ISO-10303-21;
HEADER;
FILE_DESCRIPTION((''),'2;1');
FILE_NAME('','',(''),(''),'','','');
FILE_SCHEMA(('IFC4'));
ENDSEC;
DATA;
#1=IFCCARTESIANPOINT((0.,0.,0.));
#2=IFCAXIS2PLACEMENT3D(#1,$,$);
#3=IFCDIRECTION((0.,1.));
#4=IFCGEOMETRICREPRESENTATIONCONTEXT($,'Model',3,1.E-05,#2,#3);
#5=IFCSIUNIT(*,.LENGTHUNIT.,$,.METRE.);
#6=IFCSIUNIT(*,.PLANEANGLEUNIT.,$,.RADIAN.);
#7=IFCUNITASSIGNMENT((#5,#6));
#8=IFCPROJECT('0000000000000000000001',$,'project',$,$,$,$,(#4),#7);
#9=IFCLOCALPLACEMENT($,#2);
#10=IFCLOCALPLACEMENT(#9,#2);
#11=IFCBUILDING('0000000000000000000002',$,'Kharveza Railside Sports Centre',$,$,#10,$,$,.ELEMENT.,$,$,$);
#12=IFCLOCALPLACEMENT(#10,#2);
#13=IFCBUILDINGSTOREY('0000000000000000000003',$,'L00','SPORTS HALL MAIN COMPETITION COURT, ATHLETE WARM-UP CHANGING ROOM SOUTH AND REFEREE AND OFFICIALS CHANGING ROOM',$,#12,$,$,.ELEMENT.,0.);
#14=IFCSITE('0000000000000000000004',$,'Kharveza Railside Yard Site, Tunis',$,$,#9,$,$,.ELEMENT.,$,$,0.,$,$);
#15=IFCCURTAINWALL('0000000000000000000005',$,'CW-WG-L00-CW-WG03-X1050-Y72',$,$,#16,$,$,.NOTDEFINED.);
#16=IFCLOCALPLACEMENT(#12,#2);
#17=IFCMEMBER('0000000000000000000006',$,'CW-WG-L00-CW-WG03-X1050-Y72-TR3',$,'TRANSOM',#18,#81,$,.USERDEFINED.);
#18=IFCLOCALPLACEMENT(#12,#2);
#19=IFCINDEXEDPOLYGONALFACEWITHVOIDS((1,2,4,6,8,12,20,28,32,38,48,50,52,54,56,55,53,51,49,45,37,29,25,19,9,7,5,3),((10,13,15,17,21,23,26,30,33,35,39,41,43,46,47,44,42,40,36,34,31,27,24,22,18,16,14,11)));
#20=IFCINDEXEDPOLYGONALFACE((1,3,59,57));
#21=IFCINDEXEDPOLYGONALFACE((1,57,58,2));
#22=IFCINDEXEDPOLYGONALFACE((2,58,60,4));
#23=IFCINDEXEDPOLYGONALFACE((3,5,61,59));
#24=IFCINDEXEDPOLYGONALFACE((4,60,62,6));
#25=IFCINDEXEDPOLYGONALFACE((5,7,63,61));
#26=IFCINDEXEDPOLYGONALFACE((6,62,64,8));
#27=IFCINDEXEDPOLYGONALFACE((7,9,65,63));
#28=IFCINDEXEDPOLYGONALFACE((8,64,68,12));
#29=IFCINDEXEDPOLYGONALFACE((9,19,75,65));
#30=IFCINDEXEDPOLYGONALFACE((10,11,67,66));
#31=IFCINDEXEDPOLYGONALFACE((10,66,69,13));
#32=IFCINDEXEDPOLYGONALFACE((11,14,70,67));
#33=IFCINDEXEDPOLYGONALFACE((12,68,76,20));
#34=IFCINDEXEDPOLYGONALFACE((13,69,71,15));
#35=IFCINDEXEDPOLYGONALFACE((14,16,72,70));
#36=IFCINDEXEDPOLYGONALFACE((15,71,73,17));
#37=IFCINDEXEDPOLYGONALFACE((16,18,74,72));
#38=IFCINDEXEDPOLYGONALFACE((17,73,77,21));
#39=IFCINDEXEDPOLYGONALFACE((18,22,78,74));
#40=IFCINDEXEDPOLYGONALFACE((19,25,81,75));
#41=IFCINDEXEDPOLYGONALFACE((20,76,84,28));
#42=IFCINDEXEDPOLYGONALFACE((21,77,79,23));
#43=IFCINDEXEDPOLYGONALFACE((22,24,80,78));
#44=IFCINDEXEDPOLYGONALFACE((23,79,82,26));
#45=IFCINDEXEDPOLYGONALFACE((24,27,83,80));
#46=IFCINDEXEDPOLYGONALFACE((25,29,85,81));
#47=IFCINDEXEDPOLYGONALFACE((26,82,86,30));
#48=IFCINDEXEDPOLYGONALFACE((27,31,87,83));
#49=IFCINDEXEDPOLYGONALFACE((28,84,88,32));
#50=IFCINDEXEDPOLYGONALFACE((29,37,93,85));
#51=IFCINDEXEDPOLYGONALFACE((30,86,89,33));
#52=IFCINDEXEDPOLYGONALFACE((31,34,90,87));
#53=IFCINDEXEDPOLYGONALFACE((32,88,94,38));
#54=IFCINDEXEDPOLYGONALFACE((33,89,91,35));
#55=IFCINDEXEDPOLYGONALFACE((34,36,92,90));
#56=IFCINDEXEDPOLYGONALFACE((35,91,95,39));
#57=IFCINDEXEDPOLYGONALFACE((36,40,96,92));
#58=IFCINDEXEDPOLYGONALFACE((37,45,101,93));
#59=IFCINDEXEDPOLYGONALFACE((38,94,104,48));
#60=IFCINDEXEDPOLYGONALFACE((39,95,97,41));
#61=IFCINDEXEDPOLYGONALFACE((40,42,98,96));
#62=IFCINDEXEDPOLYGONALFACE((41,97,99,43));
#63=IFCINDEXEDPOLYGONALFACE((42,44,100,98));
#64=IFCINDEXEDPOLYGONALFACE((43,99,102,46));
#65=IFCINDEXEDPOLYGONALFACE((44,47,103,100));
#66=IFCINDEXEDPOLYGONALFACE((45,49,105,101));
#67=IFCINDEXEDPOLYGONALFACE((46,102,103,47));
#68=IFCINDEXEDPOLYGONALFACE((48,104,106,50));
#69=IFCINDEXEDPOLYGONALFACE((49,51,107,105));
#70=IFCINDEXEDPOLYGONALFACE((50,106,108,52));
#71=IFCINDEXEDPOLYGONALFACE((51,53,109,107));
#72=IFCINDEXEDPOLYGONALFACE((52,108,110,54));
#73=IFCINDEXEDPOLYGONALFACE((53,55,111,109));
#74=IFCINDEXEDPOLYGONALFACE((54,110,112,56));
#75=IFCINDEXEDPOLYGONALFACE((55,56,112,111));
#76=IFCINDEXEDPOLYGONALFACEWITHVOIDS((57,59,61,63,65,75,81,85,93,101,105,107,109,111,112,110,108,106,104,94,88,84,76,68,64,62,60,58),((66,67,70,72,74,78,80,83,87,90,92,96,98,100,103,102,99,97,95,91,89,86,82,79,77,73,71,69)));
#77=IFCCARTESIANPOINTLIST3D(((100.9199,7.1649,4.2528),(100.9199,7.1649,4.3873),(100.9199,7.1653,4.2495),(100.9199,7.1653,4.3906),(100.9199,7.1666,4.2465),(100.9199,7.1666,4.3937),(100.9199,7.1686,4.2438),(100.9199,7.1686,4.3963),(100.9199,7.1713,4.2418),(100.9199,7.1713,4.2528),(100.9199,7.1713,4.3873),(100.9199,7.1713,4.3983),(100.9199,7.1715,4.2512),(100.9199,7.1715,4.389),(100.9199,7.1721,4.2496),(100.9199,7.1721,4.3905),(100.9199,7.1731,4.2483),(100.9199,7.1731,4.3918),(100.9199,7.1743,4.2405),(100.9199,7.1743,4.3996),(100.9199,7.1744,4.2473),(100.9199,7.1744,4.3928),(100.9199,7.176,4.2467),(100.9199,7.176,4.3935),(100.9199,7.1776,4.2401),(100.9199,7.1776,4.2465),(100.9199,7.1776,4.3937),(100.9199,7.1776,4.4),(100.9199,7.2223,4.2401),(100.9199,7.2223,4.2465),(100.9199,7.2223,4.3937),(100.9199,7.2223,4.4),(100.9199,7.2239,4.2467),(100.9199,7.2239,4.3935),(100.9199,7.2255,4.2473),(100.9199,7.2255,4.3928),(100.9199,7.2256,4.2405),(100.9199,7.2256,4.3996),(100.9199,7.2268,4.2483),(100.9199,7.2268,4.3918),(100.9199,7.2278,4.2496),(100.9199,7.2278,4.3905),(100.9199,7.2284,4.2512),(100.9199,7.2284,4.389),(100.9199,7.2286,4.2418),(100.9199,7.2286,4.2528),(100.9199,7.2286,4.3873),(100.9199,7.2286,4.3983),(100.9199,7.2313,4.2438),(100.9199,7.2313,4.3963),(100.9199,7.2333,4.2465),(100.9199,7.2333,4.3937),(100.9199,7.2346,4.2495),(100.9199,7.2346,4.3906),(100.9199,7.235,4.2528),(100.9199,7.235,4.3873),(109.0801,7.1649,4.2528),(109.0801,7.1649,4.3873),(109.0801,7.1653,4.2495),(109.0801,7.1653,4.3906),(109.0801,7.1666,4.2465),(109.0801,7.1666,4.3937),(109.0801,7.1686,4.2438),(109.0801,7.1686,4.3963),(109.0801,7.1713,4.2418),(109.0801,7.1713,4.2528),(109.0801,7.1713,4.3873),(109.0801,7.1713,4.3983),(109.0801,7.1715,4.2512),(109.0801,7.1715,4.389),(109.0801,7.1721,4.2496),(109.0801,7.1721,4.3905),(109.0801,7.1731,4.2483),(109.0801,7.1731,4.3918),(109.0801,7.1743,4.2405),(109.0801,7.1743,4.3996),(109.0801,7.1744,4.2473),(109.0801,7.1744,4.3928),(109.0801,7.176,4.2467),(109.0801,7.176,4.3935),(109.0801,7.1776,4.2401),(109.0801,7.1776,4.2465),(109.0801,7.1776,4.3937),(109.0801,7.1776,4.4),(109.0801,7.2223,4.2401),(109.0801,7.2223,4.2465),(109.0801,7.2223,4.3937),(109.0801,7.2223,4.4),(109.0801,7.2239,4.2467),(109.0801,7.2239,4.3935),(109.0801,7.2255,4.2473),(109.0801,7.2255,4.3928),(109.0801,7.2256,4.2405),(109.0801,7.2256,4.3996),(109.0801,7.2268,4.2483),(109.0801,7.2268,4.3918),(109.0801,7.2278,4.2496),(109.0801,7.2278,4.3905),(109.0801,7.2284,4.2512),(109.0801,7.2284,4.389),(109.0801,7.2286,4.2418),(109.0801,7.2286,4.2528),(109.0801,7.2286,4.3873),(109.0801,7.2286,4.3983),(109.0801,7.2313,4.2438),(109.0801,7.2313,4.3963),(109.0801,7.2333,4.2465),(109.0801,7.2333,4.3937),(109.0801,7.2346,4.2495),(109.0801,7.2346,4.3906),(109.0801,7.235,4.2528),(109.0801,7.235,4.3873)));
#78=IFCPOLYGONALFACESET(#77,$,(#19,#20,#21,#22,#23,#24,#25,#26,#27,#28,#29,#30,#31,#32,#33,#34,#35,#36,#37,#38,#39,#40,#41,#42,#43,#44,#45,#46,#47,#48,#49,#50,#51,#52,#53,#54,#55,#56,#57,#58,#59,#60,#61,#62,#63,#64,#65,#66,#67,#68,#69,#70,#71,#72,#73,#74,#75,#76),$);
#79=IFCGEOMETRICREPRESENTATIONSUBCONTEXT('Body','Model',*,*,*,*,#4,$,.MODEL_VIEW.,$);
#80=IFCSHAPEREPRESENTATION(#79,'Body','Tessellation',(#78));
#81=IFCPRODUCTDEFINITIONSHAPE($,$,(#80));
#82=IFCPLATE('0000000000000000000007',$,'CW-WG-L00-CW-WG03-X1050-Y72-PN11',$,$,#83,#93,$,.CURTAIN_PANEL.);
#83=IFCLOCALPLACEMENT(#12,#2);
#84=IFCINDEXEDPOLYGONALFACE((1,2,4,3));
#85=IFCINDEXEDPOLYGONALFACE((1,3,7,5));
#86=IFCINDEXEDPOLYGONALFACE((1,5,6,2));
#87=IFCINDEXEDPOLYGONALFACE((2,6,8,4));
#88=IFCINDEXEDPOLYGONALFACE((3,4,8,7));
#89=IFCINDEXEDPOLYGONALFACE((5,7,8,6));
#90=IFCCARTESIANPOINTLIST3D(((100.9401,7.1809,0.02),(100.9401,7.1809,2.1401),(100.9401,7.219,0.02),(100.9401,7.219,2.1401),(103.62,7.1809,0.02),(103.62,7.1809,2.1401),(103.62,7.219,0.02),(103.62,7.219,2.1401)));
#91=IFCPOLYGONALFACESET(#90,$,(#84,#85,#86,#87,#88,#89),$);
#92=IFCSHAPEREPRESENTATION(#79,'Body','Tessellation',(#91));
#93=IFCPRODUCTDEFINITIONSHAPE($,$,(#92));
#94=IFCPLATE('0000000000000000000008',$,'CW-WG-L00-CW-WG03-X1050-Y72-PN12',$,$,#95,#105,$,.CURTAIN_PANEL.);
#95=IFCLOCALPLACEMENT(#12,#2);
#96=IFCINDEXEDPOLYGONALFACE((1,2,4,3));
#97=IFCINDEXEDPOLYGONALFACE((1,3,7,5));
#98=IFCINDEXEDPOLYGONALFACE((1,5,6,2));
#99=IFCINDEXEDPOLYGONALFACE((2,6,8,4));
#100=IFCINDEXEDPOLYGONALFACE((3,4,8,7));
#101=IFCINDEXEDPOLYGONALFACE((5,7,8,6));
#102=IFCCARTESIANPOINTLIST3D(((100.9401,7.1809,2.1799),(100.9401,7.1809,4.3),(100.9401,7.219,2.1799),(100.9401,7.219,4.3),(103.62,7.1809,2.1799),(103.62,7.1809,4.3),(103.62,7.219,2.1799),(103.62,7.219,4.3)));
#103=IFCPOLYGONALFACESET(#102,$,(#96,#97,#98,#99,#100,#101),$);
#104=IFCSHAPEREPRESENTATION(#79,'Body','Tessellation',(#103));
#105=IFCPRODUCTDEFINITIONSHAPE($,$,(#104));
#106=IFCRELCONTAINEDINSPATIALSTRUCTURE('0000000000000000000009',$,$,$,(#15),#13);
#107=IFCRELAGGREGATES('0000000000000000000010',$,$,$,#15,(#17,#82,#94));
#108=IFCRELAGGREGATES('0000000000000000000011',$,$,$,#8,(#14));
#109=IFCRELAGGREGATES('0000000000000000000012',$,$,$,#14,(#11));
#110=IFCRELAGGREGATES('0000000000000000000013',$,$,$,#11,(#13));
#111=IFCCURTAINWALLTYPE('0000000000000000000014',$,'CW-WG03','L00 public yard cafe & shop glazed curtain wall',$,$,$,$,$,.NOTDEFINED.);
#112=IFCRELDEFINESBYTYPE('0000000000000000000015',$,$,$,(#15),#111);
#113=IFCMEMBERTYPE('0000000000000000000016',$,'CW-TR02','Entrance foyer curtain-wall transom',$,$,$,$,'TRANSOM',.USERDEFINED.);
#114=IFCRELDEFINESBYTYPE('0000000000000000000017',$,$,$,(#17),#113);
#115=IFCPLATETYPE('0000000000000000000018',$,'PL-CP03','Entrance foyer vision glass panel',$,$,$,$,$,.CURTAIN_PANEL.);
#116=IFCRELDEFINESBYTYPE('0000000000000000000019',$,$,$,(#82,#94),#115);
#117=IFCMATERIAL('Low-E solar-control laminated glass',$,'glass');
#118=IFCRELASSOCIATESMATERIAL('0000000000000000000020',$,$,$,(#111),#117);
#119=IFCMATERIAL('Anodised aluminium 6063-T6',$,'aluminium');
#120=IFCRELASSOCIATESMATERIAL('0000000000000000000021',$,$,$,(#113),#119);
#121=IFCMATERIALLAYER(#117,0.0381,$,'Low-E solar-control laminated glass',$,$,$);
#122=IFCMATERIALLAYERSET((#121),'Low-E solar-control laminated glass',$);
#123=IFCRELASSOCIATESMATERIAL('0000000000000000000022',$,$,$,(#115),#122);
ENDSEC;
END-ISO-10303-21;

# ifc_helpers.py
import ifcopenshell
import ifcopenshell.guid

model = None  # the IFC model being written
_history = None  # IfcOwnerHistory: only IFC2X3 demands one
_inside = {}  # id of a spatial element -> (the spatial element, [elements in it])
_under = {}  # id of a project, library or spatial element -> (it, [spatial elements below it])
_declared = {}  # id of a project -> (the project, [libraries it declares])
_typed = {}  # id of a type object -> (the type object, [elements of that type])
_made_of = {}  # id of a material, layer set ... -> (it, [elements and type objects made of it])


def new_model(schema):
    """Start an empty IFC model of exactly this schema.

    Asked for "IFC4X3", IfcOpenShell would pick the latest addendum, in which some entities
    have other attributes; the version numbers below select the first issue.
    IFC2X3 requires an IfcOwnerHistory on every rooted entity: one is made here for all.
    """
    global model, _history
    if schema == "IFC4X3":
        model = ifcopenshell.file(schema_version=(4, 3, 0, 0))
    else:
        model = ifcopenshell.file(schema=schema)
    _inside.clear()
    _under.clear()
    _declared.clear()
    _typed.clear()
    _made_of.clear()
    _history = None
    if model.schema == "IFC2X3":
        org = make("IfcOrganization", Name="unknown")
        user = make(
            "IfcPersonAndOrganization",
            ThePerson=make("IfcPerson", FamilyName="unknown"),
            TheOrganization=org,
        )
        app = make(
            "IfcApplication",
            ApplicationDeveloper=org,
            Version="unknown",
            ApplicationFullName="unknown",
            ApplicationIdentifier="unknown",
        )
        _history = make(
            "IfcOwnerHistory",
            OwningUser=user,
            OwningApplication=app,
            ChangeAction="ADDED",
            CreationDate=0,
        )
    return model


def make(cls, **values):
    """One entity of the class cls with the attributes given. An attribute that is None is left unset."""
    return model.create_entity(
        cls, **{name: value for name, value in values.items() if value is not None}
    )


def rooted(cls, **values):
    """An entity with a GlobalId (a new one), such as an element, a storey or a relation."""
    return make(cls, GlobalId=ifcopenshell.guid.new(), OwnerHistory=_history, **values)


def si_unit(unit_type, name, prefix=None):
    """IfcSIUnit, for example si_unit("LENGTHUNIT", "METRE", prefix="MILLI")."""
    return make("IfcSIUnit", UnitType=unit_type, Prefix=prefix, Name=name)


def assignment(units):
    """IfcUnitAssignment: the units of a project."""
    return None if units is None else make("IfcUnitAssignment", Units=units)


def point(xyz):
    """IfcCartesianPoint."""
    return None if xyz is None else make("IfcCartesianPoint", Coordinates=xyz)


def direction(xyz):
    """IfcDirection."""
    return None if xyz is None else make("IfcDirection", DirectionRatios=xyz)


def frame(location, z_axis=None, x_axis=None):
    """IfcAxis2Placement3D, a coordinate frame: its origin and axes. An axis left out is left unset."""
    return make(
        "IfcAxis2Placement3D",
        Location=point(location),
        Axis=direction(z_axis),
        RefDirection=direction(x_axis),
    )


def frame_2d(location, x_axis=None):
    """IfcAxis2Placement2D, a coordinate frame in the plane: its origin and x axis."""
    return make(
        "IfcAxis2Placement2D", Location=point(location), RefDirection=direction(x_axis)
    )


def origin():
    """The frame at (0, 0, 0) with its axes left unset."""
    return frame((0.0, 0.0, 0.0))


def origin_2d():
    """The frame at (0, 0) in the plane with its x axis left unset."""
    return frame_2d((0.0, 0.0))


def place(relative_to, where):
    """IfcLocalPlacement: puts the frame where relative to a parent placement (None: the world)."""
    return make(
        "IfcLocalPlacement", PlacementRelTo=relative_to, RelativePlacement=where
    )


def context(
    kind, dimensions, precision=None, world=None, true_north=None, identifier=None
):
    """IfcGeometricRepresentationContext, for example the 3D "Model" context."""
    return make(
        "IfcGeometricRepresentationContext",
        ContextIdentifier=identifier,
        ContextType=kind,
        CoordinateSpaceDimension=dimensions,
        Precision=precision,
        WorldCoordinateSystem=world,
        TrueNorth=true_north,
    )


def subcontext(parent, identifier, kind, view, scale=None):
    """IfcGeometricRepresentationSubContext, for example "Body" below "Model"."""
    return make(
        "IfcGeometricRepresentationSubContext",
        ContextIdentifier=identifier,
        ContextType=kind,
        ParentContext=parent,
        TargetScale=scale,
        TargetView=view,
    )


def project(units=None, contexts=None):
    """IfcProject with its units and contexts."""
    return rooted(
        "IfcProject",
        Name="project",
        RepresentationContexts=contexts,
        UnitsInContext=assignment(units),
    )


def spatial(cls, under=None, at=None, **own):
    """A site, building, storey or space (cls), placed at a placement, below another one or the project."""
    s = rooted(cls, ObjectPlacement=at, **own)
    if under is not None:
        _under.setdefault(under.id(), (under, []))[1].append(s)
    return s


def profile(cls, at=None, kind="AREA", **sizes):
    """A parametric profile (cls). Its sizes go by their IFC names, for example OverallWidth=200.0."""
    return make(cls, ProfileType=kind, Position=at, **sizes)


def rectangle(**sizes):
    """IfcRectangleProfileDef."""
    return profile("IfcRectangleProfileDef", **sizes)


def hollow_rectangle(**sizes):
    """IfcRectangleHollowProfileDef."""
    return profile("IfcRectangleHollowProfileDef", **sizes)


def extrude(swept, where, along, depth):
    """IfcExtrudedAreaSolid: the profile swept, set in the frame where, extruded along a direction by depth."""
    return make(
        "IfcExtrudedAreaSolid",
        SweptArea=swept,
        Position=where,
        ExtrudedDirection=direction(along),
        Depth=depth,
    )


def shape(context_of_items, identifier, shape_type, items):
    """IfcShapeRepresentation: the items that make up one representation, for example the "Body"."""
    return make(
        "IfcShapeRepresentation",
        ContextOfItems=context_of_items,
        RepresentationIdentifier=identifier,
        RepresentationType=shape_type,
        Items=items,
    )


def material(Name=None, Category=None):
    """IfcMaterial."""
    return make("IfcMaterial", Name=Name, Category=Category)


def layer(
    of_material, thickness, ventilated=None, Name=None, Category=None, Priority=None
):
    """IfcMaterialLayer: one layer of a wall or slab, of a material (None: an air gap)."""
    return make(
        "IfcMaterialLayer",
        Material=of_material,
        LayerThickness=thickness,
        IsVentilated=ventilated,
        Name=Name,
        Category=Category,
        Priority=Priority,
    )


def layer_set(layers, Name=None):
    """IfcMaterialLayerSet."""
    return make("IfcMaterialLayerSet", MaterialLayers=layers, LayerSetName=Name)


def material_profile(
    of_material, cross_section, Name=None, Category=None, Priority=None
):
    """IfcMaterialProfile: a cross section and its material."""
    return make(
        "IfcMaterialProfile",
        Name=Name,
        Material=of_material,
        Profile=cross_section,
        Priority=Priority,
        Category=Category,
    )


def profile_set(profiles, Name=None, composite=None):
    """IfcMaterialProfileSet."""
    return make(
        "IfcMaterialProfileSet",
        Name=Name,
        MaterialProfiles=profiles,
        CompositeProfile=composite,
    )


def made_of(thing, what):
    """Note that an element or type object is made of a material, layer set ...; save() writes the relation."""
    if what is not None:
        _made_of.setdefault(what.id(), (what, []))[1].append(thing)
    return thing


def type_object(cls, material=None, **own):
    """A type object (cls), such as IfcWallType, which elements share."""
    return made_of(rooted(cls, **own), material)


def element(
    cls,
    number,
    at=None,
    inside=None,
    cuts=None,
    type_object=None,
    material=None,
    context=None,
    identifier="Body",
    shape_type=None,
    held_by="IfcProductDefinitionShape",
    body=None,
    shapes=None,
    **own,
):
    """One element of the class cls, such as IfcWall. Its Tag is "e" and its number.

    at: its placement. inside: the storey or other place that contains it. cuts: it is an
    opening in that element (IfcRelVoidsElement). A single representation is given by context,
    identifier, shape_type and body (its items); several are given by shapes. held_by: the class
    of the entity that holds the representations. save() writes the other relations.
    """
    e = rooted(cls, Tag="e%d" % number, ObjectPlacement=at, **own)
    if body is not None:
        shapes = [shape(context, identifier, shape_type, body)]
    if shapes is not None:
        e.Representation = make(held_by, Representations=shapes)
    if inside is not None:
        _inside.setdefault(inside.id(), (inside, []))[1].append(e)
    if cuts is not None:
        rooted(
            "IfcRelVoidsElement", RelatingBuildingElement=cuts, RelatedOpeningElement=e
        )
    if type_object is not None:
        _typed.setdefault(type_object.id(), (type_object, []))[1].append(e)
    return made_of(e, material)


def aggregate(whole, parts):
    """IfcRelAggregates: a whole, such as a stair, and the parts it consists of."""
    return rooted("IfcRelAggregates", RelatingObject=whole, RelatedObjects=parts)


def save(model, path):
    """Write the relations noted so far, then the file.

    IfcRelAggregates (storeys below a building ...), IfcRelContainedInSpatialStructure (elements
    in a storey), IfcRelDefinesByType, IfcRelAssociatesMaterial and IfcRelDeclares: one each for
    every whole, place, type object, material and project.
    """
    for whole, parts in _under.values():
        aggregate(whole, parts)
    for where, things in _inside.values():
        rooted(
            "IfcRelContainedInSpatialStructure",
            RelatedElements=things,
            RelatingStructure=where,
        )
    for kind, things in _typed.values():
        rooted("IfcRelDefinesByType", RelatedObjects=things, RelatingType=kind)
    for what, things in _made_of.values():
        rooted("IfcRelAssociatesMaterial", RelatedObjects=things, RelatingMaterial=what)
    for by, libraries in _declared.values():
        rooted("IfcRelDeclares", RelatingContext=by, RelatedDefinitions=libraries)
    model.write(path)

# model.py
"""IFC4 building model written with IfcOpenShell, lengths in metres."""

from ifc_helpers import new_model, si_unit, direction, frame, origin, origin_2d, place, context, subcontext, project, spatial, rectangle, hollow_rectangle, extrude, material, layer, layer_set, material_profile, profile_set, type_object, element, aggregate, save


model = new_model("IFC4")

# Units and contexts
model_context = context("Model", 3, precision=1e-05, world=origin(), true_north=direction((0.0, 1.0)))
body_context = subcontext(model_context, "Body", "Model", "MODEL_VIEW")
ifc_project = project(units=[si_unit("LENGTHUNIT", "METRE"), si_unit("PLANEANGLEUNIT", "RADIAN")], contexts=[model_context])

# Site, building, storey
site_placement = place(None, origin())
site = spatial("IfcSite", under=ifc_project, at=site_placement, Name="Kharveza Railside Yard Site, Tunis", CompositionType="ELEMENT", RefElevation=0.0)
building_placement = place(site_placement, origin())
building = spatial("IfcBuilding", under=site, at=building_placement, Name="Kharveza Railside Sports Centre", CompositionType="ELEMENT")
storey_placement = place(building_placement, origin())
storey = spatial("IfcBuildingStorey", under=building, at=storey_placement, Name="L00", Description="SPORTS HALL MAIN COMPETITION COURT, ATHLETE WARM-UP CHANGING ROOM SOUTH AND REFEREE AND OFFICIALS CHANGING ROOM", CompositionType="ELEMENT", Elevation=0.0)

# Curtain wall, member, plates
ifc_material_1 = material(Name="Low-E solar-control laminated glass", Category="glass")
curtain_wall_type = type_object("IfcCurtainWallType", Name="CW-WG03", Description="L00 public yard cafe & shop glazed curtain wall", PredefinedType="NOTDEFINED", material=ifc_material_1)
curtain_wall_placement = place(storey_placement, origin())
curtain_wall = element("IfcCurtainWall", 1, at=curtain_wall_placement, inside=storey, type_object=curtain_wall_type, Name="CW-WG-L00-CW-WG03-X1050-Y72", PredefinedType="NOTDEFINED")
ifc_material_2 = material(Name="Anodised aluminium 6063-T6", Category="aluminium")
ifc_material_profile_1 = material_profile(ifc_material_2, hollow_rectangle(XDim=0.0701, YDim=0.1599, WallThickness=0.0063, InnerFilletRadius=0.0063, OuterFilletRadius=0.0127, at=origin_2d()), Name="RHS 70x160x6.3")
ifc_profile_set_1 = profile_set([ifc_material_profile_1], Name="Anodised aluminium 6063-T6")
member_type_1 = type_object("IfcMemberType", Name="CW-TR02", Description="Entrance foyer curtain-wall transom", ElementType="TRANSOM", PredefinedType="USERDEFINED", material=ifc_profile_set_1)
member_1_placement = place(storey_placement, frame((100.9199, 7.2, 4.3201), z_axis=(1.0, 0.0, 0.0), x_axis=(0.0, 1.0, 0.0)))
member_1 = element("IfcMember", 2, at=member_1_placement, type_object=member_type_1, Name="CW-WG-L00-CW-WG03-X1050-Y72-TR3", ObjectType="TRANSOM", PredefinedType="USERDEFINED", context=body_context, shape_type="SweptSolid", body=[
    extrude(hollow_rectangle(XDim=0.0701, YDim=0.1599, WallThickness=0.0063, InnerFilletRadius=0.0063, OuterFilletRadius=0.0127, at=origin_2d()), origin(), (0.0, 0.0, 1.0), 8.1602),
])
ifc_layer = layer(ifc_material_1, 0.0381, Name="Low-E solar-control laminated glass")
ifc_layer_set = layer_set([ifc_layer], Name="Low-E solar-control laminated glass")
plate_type = type_object("IfcPlateType", Name="PL-CP03", Description="Entrance foyer vision glass panel", PredefinedType="CURTAIN_PANEL", material=ifc_layer_set)
plate_1_placement = place(storey_placement, frame((102.28, 7.2, 0.02), z_axis=(0.0, 0.0, 1.0), x_axis=(1.0, 0.0, 0.0)))
plate_1 = element("IfcPlate", 3, at=plate_1_placement, type_object=plate_type, Name="CW-WG-L00-CW-WG03-X1050-Y72-PN11", PredefinedType="CURTAIN_PANEL", context=body_context, shape_type="SweptSolid", body=[
    extrude(rectangle(XDim=2.6799, YDim=0.0381, at=origin_2d()), origin(), (0.0, 0.0, 1.0), 2.1201),
])
plate_2_placement = place(storey_placement, frame((102.28, 7.2, 2.1799), z_axis=(0.0, 0.0, 1.0), x_axis=(1.0, 0.0, 0.0)))
plate_2 = element("IfcPlate", 4, at=plate_2_placement, type_object=plate_type, Name="CW-WG-L00-CW-WG03-X1050-Y72-PN12", PredefinedType="CURTAIN_PANEL", context=body_context, shape_type="SweptSolid", body=[
    extrude(rectangle(XDim=2.6799, YDim=0.0381, at=origin_2d()), origin(), (0.0, 0.0, 1.0), 2.1201),
])
aggregate(curtain_wall, [member_1, plate_1, plate_2])

save(model, "model.ifc")
